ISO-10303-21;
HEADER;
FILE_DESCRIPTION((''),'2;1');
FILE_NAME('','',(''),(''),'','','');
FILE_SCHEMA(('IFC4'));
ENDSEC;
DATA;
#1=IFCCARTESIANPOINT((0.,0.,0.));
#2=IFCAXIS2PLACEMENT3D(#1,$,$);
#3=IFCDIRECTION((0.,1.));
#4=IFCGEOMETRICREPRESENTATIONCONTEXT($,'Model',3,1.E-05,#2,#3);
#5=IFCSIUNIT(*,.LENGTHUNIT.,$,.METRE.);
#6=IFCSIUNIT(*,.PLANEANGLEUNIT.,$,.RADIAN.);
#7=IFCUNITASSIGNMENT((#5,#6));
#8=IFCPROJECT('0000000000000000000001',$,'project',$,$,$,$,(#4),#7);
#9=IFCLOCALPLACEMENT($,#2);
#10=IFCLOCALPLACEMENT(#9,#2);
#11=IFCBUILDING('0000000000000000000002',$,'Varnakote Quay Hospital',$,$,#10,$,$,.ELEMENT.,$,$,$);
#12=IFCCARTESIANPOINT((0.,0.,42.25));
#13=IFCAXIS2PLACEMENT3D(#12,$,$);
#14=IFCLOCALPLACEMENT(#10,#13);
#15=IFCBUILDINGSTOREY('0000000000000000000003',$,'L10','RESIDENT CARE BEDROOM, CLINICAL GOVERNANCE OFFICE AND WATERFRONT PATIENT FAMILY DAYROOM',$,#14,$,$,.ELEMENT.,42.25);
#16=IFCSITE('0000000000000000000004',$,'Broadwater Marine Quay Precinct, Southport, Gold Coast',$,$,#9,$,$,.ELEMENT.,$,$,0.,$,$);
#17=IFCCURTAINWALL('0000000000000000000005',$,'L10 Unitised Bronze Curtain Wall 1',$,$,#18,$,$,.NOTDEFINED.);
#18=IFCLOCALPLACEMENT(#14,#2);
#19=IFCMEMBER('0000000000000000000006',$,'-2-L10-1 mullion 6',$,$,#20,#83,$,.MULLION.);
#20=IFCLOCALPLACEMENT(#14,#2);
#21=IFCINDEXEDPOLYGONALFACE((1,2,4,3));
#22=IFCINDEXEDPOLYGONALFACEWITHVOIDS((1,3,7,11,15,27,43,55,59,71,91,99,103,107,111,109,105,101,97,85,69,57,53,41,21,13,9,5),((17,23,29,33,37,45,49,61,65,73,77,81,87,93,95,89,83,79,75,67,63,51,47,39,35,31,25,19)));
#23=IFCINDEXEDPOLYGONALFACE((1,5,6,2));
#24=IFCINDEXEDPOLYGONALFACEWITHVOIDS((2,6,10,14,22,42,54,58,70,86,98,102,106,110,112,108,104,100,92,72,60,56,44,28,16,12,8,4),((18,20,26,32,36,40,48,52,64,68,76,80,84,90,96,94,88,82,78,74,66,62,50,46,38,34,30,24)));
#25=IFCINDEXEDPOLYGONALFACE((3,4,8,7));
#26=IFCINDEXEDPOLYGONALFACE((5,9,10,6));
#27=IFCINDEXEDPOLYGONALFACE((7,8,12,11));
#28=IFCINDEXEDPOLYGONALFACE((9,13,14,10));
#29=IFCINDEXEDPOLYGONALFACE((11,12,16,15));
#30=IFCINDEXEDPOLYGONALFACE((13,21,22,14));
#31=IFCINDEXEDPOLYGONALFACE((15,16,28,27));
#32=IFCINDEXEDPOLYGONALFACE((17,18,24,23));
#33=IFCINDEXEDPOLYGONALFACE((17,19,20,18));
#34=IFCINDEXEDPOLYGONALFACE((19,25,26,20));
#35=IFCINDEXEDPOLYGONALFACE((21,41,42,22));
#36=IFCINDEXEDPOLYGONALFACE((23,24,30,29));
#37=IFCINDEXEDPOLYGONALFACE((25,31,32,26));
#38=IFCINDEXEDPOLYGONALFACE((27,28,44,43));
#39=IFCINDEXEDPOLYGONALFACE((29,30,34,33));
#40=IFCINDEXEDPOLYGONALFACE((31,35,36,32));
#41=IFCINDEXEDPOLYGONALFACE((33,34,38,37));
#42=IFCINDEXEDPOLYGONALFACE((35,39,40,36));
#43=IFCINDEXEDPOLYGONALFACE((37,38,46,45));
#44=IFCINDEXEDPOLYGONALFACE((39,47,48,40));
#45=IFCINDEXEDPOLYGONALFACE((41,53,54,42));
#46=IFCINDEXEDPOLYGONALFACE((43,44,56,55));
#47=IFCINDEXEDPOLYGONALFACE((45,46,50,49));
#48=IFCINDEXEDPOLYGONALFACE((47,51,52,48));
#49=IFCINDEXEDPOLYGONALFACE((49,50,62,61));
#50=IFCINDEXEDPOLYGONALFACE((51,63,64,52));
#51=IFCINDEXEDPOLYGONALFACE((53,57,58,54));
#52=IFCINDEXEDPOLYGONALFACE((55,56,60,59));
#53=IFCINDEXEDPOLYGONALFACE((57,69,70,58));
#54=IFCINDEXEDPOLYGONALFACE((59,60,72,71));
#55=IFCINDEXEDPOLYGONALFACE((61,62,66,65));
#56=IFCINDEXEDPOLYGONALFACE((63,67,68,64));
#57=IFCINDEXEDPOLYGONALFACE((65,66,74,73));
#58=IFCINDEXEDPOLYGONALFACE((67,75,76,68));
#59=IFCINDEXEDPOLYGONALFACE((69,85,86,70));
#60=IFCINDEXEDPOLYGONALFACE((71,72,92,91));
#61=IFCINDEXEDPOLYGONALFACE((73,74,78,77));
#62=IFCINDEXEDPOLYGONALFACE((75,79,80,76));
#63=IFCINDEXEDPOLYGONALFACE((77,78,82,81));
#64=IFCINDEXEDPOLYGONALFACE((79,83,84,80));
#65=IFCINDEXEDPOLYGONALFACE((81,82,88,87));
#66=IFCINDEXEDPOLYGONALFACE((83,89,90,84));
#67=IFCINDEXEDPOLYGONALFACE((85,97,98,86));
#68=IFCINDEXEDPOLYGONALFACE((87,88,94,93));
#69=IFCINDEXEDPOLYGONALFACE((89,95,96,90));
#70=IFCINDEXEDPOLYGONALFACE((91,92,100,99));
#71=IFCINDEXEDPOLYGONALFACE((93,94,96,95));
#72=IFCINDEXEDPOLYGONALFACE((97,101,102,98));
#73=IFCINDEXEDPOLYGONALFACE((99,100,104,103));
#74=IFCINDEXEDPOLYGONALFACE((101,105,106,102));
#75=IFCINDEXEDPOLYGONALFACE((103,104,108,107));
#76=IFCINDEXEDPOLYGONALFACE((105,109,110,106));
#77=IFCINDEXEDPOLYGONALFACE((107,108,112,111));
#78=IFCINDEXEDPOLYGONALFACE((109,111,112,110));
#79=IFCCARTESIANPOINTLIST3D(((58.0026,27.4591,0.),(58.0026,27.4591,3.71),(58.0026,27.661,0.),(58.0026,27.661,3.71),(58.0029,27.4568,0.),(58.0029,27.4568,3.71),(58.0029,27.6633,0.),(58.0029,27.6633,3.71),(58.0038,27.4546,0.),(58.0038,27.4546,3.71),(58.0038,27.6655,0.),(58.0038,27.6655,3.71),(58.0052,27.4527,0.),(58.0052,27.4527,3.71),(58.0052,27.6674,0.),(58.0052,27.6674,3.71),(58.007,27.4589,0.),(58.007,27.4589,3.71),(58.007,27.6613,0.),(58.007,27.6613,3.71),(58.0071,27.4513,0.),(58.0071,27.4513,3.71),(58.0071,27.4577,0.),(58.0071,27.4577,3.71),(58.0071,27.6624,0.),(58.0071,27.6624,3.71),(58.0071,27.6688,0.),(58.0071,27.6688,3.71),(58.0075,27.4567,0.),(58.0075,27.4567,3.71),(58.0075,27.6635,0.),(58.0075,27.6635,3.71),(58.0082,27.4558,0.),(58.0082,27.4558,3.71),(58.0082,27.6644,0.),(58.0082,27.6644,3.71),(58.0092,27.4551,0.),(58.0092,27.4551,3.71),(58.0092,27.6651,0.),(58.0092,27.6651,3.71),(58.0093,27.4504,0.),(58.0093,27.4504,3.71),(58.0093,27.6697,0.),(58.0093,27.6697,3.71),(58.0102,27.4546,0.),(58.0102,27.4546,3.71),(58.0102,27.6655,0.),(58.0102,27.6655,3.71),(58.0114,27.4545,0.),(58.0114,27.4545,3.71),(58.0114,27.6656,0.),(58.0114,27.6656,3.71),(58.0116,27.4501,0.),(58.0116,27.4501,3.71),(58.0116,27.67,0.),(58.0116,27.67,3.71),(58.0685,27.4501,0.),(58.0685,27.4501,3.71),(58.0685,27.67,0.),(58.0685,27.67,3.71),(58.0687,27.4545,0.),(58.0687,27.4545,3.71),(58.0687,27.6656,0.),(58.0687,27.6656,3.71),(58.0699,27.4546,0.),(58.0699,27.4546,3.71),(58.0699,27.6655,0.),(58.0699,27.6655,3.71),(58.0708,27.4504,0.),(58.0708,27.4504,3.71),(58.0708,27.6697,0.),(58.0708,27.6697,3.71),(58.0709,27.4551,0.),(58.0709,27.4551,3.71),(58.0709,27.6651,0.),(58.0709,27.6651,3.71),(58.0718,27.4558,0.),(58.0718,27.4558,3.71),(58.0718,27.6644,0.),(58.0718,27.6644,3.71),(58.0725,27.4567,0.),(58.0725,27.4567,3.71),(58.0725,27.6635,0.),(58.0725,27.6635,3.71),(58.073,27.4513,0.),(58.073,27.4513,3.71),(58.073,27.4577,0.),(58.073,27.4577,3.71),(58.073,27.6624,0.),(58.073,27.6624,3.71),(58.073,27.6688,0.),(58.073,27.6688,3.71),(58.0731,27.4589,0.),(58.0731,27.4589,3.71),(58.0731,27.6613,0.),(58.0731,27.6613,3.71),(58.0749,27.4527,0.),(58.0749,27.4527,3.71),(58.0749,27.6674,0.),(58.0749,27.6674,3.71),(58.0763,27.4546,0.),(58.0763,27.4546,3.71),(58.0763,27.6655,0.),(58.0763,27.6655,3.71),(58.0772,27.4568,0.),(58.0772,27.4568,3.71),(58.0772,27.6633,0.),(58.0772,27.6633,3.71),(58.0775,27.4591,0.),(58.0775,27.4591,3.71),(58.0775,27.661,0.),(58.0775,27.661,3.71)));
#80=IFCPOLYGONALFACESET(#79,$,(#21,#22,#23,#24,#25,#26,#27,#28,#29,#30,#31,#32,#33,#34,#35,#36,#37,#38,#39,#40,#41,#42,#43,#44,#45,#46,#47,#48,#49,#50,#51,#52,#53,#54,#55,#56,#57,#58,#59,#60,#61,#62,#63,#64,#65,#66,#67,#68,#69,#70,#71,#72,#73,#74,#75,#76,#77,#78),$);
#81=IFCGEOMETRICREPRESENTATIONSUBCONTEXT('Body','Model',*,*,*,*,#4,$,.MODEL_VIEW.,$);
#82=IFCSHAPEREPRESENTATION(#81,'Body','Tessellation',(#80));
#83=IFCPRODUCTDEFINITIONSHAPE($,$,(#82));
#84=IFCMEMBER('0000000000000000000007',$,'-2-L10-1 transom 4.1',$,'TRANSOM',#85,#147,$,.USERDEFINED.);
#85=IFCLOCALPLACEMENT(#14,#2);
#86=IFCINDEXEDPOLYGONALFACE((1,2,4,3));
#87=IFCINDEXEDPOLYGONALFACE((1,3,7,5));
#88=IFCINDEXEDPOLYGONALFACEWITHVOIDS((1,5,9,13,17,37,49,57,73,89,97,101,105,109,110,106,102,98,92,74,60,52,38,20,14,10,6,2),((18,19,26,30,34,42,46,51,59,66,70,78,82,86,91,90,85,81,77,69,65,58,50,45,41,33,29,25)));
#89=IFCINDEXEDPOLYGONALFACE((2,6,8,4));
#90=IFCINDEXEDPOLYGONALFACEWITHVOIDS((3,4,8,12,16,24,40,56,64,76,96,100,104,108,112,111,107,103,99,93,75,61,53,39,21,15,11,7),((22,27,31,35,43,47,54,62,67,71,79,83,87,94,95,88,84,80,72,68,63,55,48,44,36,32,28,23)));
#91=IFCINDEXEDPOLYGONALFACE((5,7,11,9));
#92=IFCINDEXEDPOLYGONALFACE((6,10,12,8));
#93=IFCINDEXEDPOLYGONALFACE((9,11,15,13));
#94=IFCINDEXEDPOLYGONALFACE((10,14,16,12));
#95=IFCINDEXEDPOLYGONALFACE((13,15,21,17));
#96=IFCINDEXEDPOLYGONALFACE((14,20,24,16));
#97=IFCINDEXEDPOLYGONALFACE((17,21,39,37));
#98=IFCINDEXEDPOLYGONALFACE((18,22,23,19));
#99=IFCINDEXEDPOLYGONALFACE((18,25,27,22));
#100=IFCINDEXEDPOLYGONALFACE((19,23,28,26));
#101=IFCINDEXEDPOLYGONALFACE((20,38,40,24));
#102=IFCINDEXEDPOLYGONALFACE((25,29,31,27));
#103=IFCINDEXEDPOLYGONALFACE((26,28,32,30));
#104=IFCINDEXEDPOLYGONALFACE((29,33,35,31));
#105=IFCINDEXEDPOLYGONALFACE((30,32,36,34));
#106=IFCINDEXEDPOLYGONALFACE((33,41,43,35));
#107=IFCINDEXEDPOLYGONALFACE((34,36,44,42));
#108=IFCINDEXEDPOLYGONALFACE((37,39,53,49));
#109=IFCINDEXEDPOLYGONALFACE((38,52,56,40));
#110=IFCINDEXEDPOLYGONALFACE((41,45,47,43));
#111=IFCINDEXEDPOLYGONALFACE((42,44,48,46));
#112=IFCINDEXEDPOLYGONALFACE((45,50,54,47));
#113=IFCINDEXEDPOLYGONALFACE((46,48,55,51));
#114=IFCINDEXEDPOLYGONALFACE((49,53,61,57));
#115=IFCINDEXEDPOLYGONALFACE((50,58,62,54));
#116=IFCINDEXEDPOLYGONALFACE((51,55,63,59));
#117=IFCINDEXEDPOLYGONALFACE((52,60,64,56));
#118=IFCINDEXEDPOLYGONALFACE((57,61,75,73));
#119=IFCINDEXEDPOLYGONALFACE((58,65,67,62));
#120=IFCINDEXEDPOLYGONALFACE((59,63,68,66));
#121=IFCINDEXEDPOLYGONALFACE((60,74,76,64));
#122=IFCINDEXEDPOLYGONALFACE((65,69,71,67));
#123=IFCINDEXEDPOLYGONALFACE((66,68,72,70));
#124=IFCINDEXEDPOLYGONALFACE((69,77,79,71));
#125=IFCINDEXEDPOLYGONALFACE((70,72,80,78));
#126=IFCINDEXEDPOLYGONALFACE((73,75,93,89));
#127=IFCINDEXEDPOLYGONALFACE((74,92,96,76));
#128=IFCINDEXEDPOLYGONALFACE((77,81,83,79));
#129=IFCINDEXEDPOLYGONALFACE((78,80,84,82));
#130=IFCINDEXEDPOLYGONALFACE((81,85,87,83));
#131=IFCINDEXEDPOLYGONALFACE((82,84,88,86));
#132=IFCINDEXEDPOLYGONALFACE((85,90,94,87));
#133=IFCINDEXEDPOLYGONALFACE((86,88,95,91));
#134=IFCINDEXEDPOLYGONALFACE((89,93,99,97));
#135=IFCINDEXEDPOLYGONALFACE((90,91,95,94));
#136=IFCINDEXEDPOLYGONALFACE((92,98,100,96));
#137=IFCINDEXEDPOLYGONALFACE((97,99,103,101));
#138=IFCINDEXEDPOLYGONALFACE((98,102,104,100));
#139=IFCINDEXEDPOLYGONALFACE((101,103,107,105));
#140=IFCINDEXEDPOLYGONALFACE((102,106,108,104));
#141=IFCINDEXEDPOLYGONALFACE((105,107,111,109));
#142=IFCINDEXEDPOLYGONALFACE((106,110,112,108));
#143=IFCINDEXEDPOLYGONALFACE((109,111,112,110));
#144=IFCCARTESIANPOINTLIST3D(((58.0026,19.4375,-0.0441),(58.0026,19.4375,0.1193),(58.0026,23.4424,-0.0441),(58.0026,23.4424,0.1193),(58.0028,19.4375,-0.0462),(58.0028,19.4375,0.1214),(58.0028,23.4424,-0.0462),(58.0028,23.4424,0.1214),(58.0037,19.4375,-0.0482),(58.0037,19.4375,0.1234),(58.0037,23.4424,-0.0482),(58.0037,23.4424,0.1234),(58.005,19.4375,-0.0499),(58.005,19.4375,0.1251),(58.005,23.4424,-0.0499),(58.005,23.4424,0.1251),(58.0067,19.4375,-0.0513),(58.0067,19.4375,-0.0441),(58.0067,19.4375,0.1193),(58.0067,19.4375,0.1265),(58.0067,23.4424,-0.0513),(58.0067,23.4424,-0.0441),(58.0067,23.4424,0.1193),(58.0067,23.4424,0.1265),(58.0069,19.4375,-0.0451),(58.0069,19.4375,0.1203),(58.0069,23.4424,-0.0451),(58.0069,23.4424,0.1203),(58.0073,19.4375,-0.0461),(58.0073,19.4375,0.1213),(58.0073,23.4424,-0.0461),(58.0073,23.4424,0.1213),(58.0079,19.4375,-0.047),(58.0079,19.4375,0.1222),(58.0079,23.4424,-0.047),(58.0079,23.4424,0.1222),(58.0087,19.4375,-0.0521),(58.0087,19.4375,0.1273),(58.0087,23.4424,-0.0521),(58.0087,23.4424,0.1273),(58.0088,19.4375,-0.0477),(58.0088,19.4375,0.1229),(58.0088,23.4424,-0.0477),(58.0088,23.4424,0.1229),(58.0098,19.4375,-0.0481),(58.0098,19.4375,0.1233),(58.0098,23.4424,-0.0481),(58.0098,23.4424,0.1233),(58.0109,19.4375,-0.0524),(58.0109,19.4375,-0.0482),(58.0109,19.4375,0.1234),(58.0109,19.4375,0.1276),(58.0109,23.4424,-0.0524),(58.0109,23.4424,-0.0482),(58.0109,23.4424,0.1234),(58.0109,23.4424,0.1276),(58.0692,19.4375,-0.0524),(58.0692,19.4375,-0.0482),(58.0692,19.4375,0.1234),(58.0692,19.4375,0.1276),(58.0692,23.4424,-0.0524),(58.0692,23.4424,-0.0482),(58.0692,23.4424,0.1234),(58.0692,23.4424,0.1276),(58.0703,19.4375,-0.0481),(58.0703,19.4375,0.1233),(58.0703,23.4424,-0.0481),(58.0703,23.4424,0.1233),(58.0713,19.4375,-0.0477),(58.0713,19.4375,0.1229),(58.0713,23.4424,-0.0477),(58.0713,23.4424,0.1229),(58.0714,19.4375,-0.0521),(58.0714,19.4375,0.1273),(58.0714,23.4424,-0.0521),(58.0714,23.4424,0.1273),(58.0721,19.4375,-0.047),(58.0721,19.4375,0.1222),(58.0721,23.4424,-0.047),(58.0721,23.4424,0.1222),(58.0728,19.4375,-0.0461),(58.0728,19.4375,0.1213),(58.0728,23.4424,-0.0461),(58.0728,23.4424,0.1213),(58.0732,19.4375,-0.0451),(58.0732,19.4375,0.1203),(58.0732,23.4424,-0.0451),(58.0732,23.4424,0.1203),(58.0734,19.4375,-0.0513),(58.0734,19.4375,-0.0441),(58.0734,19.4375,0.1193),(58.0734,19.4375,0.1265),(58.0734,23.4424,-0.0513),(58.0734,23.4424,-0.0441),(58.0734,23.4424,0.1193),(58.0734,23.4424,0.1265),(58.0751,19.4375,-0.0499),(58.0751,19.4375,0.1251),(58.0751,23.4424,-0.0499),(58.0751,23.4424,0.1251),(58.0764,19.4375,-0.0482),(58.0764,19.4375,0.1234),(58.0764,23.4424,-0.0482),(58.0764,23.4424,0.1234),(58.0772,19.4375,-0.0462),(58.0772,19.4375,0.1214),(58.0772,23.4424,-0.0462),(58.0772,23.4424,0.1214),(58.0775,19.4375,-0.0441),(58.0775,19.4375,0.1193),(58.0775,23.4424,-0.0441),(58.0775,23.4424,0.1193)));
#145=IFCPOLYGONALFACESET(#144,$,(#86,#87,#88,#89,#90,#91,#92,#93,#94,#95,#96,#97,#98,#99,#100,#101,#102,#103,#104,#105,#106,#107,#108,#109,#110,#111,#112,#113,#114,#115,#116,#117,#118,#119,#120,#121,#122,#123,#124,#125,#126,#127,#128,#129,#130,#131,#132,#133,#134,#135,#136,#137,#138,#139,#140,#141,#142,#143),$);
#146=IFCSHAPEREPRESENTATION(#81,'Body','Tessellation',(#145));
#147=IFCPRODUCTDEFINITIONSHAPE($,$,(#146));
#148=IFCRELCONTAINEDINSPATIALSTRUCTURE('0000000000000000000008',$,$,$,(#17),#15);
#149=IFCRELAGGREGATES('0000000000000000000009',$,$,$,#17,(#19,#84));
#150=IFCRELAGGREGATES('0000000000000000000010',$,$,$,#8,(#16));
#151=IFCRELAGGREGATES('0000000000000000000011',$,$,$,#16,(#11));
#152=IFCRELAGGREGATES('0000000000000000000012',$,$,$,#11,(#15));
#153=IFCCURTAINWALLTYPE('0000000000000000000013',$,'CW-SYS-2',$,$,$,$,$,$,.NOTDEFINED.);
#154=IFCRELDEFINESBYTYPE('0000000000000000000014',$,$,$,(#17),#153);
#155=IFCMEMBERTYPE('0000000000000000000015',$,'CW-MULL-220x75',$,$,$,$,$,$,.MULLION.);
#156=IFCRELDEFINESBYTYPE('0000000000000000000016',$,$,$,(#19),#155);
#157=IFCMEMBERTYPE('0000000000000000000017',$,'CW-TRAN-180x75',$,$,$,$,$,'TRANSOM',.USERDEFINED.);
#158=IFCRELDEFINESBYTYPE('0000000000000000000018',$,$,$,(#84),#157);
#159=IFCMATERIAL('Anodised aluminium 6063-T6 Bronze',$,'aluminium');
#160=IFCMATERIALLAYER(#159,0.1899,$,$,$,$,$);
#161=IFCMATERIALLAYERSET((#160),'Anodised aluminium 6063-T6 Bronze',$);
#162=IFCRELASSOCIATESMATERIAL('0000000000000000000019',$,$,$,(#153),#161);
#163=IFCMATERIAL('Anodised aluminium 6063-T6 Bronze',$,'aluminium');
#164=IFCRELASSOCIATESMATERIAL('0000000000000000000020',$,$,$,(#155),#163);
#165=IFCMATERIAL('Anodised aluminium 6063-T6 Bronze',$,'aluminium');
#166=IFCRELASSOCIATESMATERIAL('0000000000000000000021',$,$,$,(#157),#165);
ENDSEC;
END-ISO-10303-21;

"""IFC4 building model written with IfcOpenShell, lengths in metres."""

from ifc_helpers import new_model, si_unit, direction, frame, origin, origin_2d, place, context, subcontext, project, spatial, hollow_rectangle, extrude, material, layer, layer_set, material_profile, profile_set, type_object, element, aggregate, save


model = new_model("IFC4")

# Units and contexts
model_context = context("Model", 3, precision=1e-05, world=origin(), true_north=direction((0.0, 1.0)))
body_context = subcontext(model_context, "Body", "Model", "MODEL_VIEW")
ifc_project = project(units=[si_unit("LENGTHUNIT", "METRE"), si_unit("PLANEANGLEUNIT", "RADIAN")], contexts=[model_context])

# Site, building, storey
site_placement = place(None, origin())
site = spatial("IfcSite", under=ifc_project, at=site_placement, Name="Broadwater Marine Quay Precinct, Southport, Gold Coast", CompositionType="ELEMENT", RefElevation=0.0)
building_placement = place(site_placement, origin())
building = spatial("IfcBuilding", under=site, at=building_placement, Name="Varnakote Quay Hospital", CompositionType="ELEMENT")
storey_placement = place(building_placement, frame((0.0, 0.0, 42.25)))
storey = spatial("IfcBuildingStorey", under=building, at=storey_placement, Name="L10", Description="RESIDENT CARE BEDROOM, CLINICAL GOVERNANCE OFFICE AND WATERFRONT PATIENT FAMILY DAYROOM", CompositionType="ELEMENT", Elevation=42.25)

# Curtain wall, members
ifc_material_1 = material(Name="Anodised aluminium 6063-T6 Bronze", Category="aluminium")
ifc_layer_1 = layer(ifc_material_1, 0.1899)
ifc_layer_set_1 = layer_set([ifc_layer_1], Name="Anodised aluminium 6063-T6 Bronze")
curtain_wall_type = type_object("IfcCurtainWallType", Name="CW-SYS-2", PredefinedType="NOTDEFINED", material=ifc_layer_set_1)
curtain_wall_placement = place(storey_placement, origin())
curtain_wall = element("IfcCurtainWall", 1, at=curtain_wall_placement, inside=storey, type_object=curtain_wall_type, Name="L10 Unitised Bronze Curtain Wall 1", PredefinedType="NOTDEFINED")
ifc_material_2 = material(Name="Anodised aluminium 6063-T6 Bronze", Category="aluminium")
ifc_material_profile_1 = material_profile(ifc_material_2, hollow_rectangle(XDim=0.075, YDim=0.22, WallThickness=0.0044, InnerFilletRadius=0.0044, OuterFilletRadius=0.009, at=origin_2d()), Name="CW-MULL-220x75")
ifc_profile_set_1 = profile_set([ifc_material_profile_1], Name="Anodised aluminium 6063-T6 Bronze")
member_type_1 = type_object("IfcMemberType", Name="CW-MULL-220x75", PredefinedType="MULLION", material=ifc_profile_set_1)
member_1_placement = place(storey_placement, frame((58.04, 27.5601, 0.0), z_axis=(0.0, 0.0, 1.0), x_axis=(-1.0, 0.0, 0.0)))
member_1 = element("IfcMember", 2, at=member_1_placement, type_object=member_type_1, Name="-2-L10-1 mullion 6", PredefinedType="MULLION", context=body_context, shape_type="SweptSolid", body=[
    extrude(hollow_rectangle(XDim=0.075, YDim=0.22, WallThickness=0.0044, InnerFilletRadius=0.0044, OuterFilletRadius=0.009, at=origin_2d()), origin(), (0.0, 0.0, 1.0), 3.71),
])
ifc_material_3 = material(Name="Anodised aluminium 6063-T6 Bronze", Category="aluminium")
ifc_material_profile_2 = material_profile(ifc_material_3, hollow_rectangle(XDim=0.075, YDim=0.1799, WallThickness=0.0042, InnerFilletRadius=0.0042, OuterFilletRadius=0.0083, at=origin_2d()), Name="CW-TRAN-180x75")
ifc_profile_set_2 = profile_set([ifc_material_profile_2], Name="Anodised aluminium 6063-T6 Bronze")
member_type_2 = type_object("IfcMemberType", Name="CW-TRAN-180x75", ElementType="TRANSOM", PredefinedType="USERDEFINED", material=ifc_profile_set_2)
member_2_placement = place(storey_placement, frame((58.04, 19.4375, 0.0376), z_axis=(0.0, 1.0, 0.0), x_axis=(-1.0, 0.0, 0.0)))
member_2 = element("IfcMember", 3, at=member_2_placement, type_object=member_type_2, Name="-2-L10-1 transom 4.1", ObjectType="TRANSOM", PredefinedType="USERDEFINED", context=body_context, shape_type="SweptSolid", body=[
    extrude(hollow_rectangle(XDim=0.075, YDim=0.1799, WallThickness=0.0042, InnerFilletRadius=0.0042, OuterFilletRadius=0.0083, at=origin_2d()), origin(), (0.0, 0.0, 1.0), 4.0049),
])
aggregate(curtain_wall, [member_1, member_2])

save(model, "model.ifc")
